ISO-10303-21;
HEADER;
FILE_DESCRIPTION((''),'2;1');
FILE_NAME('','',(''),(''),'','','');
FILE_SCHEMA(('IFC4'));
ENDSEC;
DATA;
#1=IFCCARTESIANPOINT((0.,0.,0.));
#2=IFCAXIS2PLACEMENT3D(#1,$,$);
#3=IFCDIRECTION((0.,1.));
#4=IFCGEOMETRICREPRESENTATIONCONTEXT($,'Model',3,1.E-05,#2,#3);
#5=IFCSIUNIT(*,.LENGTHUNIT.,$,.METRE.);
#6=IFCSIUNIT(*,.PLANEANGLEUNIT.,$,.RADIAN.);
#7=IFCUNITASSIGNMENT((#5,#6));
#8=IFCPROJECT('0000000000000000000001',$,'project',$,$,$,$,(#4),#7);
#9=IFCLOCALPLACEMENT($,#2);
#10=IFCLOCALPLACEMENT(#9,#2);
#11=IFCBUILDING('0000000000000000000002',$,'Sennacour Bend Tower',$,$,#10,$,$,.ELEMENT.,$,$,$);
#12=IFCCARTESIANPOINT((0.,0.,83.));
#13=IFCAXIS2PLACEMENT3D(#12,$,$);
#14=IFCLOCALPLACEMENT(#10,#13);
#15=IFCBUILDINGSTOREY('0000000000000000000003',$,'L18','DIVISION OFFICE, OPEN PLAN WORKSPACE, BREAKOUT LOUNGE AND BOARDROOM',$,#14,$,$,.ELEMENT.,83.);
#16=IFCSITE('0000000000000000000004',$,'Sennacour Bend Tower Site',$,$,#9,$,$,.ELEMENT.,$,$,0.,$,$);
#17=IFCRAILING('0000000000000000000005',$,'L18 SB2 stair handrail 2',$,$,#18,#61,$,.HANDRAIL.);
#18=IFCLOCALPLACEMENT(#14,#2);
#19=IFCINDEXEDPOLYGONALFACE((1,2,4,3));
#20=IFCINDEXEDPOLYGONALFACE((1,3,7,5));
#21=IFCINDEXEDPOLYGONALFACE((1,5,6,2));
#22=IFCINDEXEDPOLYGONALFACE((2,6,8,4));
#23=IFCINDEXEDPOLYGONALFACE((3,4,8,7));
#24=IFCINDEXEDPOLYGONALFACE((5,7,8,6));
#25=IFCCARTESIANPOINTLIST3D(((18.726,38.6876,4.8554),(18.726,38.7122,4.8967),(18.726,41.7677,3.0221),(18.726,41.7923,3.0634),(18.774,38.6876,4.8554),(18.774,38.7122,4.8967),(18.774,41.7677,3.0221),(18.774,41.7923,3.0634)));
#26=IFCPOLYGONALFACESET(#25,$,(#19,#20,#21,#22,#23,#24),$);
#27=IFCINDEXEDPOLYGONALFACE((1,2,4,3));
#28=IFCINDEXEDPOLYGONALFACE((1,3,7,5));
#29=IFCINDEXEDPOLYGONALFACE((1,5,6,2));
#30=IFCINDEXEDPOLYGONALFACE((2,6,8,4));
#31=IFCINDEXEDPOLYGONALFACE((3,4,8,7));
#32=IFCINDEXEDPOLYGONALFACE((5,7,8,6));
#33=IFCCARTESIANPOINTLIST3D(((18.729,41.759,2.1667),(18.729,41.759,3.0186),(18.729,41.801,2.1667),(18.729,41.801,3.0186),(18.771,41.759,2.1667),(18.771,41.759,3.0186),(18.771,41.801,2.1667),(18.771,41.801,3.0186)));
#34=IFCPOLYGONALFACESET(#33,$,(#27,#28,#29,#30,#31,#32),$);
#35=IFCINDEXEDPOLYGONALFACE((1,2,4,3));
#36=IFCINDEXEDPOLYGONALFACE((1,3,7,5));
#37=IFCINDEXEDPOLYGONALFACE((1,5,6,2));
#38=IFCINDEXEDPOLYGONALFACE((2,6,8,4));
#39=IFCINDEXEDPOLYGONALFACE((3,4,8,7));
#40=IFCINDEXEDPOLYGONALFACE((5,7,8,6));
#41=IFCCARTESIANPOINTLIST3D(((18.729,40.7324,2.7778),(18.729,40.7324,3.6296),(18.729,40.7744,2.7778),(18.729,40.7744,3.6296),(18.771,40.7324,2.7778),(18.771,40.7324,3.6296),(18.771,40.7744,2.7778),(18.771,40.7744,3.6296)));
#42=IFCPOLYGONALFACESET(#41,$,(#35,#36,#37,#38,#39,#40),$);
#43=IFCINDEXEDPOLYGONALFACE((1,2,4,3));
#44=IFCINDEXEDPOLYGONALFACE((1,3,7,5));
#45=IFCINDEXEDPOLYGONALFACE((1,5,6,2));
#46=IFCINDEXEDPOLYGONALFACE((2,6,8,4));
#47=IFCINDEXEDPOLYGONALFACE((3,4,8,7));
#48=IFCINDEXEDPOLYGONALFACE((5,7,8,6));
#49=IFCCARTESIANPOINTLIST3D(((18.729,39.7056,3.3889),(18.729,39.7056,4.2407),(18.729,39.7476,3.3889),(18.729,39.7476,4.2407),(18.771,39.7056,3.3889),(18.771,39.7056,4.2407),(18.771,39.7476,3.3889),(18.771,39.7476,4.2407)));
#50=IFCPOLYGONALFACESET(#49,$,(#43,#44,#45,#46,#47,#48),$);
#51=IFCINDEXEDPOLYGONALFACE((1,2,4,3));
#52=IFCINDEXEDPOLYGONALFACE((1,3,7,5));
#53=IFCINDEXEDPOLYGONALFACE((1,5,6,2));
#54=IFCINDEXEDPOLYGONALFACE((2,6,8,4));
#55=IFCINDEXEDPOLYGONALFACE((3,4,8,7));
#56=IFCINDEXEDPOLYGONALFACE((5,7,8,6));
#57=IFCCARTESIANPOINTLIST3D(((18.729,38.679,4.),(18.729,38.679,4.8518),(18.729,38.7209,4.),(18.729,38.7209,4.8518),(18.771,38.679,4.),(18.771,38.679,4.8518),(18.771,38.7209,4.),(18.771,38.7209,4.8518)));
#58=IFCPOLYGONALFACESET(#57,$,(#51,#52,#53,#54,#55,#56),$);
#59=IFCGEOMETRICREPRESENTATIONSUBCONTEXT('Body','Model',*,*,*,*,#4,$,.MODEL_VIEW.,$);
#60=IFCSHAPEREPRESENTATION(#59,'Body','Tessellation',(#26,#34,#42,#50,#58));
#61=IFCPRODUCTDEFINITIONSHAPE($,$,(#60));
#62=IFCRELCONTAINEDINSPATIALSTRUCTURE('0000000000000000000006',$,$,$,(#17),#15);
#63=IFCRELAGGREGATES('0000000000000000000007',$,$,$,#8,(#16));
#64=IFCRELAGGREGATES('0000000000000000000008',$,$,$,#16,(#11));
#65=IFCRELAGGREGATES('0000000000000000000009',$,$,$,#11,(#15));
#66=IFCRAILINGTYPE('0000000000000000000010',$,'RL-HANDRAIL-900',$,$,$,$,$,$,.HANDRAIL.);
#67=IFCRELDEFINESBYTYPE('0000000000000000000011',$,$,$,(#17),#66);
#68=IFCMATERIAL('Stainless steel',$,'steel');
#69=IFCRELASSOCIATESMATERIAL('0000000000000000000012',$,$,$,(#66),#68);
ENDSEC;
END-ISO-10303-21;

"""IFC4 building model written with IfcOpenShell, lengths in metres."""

from ifc_helpers import new_model, si_unit, direction, frame, origin, origin_2d, place, context, subcontext, project, spatial, rectangle, extrude, material, type_object, element, save


model = new_model("IFC4")

# Units and contexts
model_context = context("Model", 3, precision=1e-05, world=origin(), true_north=direction((0.0, 1.0)))
body_context = subcontext(model_context, "Body", "Model", "MODEL_VIEW")
ifc_project = project(units=[si_unit("LENGTHUNIT", "METRE"), si_unit("PLANEANGLEUNIT", "RADIAN")], contexts=[model_context])

# Site, building, storey
site_placement = place(None, origin())
site = spatial("IfcSite", under=ifc_project, at=site_placement, Name="Sennacour Bend Tower Site", CompositionType="ELEMENT", RefElevation=0.0)
building_placement = place(site_placement, origin())
building = spatial("IfcBuilding", under=site, at=building_placement, Name="Sennacour Bend Tower", CompositionType="ELEMENT")
storey_placement = place(building_placement, frame((0.0, 0.0, 83.0)))
storey = spatial("IfcBuildingStorey", under=building, at=storey_placement, Name="L18", Description="DIVISION OFFICE, OPEN PLAN WORKSPACE, BREAKOUT LOUNGE AND BOARDROOM", CompositionType="ELEMENT", Elevation=83.0)

# Shared definitions
ifc_material_1 = material(Name="Stainless steel", Category="steel")

# Railing
railing_type_1 = type_object("IfcRailingType", Name="RL-HANDRAIL-900", PredefinedType="HANDRAIL", material=ifc_material_1)
railing_1_placement = place(storey_placement, frame((18.75, 41.78, 2.1667)))
element("IfcRailing", 1, at=railing_1_placement, inside=storey, type_object=railing_type_1, Name="L18 SB2 stair handrail 2", PredefinedType="HANDRAIL", context=body_context, shape_type="SweptSolid", body=[
    extrude(rectangle(XDim=0.0481, YDim=0.0481, at=origin_2d()), frame((0.0, 0.0, 0.876), z_axis=(0.0, -0.859309, 0.511458), x_axis=(1.0, 0.0, 0.0)), (0.0, 0.0, 1.0), 3.5845),
    extrude(rectangle(XDim=0.042, YDim=0.042, at=origin_2d()), origin(), (0.0, 0.0, 1.0), 0.8518),
    extrude(rectangle(XDim=0.042, YDim=0.042, at=origin_2d()), frame((0.0, -1.0266, 0.6111)), (0.0, 0.0, 1.0), 0.8518),
    extrude(rectangle(XDim=0.042, YDim=0.042, at=origin_2d()), frame((0.0, -2.0535, 1.2222)), (0.0, 0.0, 1.0), 0.8518),
    extrude(rectangle(XDim=0.042, YDim=0.042, at=origin_2d()), frame((0.0, -3.0801, 1.8333)), (0.0, 0.0, 1.0), 0.8518),
])

save(model, "model.ifc")
